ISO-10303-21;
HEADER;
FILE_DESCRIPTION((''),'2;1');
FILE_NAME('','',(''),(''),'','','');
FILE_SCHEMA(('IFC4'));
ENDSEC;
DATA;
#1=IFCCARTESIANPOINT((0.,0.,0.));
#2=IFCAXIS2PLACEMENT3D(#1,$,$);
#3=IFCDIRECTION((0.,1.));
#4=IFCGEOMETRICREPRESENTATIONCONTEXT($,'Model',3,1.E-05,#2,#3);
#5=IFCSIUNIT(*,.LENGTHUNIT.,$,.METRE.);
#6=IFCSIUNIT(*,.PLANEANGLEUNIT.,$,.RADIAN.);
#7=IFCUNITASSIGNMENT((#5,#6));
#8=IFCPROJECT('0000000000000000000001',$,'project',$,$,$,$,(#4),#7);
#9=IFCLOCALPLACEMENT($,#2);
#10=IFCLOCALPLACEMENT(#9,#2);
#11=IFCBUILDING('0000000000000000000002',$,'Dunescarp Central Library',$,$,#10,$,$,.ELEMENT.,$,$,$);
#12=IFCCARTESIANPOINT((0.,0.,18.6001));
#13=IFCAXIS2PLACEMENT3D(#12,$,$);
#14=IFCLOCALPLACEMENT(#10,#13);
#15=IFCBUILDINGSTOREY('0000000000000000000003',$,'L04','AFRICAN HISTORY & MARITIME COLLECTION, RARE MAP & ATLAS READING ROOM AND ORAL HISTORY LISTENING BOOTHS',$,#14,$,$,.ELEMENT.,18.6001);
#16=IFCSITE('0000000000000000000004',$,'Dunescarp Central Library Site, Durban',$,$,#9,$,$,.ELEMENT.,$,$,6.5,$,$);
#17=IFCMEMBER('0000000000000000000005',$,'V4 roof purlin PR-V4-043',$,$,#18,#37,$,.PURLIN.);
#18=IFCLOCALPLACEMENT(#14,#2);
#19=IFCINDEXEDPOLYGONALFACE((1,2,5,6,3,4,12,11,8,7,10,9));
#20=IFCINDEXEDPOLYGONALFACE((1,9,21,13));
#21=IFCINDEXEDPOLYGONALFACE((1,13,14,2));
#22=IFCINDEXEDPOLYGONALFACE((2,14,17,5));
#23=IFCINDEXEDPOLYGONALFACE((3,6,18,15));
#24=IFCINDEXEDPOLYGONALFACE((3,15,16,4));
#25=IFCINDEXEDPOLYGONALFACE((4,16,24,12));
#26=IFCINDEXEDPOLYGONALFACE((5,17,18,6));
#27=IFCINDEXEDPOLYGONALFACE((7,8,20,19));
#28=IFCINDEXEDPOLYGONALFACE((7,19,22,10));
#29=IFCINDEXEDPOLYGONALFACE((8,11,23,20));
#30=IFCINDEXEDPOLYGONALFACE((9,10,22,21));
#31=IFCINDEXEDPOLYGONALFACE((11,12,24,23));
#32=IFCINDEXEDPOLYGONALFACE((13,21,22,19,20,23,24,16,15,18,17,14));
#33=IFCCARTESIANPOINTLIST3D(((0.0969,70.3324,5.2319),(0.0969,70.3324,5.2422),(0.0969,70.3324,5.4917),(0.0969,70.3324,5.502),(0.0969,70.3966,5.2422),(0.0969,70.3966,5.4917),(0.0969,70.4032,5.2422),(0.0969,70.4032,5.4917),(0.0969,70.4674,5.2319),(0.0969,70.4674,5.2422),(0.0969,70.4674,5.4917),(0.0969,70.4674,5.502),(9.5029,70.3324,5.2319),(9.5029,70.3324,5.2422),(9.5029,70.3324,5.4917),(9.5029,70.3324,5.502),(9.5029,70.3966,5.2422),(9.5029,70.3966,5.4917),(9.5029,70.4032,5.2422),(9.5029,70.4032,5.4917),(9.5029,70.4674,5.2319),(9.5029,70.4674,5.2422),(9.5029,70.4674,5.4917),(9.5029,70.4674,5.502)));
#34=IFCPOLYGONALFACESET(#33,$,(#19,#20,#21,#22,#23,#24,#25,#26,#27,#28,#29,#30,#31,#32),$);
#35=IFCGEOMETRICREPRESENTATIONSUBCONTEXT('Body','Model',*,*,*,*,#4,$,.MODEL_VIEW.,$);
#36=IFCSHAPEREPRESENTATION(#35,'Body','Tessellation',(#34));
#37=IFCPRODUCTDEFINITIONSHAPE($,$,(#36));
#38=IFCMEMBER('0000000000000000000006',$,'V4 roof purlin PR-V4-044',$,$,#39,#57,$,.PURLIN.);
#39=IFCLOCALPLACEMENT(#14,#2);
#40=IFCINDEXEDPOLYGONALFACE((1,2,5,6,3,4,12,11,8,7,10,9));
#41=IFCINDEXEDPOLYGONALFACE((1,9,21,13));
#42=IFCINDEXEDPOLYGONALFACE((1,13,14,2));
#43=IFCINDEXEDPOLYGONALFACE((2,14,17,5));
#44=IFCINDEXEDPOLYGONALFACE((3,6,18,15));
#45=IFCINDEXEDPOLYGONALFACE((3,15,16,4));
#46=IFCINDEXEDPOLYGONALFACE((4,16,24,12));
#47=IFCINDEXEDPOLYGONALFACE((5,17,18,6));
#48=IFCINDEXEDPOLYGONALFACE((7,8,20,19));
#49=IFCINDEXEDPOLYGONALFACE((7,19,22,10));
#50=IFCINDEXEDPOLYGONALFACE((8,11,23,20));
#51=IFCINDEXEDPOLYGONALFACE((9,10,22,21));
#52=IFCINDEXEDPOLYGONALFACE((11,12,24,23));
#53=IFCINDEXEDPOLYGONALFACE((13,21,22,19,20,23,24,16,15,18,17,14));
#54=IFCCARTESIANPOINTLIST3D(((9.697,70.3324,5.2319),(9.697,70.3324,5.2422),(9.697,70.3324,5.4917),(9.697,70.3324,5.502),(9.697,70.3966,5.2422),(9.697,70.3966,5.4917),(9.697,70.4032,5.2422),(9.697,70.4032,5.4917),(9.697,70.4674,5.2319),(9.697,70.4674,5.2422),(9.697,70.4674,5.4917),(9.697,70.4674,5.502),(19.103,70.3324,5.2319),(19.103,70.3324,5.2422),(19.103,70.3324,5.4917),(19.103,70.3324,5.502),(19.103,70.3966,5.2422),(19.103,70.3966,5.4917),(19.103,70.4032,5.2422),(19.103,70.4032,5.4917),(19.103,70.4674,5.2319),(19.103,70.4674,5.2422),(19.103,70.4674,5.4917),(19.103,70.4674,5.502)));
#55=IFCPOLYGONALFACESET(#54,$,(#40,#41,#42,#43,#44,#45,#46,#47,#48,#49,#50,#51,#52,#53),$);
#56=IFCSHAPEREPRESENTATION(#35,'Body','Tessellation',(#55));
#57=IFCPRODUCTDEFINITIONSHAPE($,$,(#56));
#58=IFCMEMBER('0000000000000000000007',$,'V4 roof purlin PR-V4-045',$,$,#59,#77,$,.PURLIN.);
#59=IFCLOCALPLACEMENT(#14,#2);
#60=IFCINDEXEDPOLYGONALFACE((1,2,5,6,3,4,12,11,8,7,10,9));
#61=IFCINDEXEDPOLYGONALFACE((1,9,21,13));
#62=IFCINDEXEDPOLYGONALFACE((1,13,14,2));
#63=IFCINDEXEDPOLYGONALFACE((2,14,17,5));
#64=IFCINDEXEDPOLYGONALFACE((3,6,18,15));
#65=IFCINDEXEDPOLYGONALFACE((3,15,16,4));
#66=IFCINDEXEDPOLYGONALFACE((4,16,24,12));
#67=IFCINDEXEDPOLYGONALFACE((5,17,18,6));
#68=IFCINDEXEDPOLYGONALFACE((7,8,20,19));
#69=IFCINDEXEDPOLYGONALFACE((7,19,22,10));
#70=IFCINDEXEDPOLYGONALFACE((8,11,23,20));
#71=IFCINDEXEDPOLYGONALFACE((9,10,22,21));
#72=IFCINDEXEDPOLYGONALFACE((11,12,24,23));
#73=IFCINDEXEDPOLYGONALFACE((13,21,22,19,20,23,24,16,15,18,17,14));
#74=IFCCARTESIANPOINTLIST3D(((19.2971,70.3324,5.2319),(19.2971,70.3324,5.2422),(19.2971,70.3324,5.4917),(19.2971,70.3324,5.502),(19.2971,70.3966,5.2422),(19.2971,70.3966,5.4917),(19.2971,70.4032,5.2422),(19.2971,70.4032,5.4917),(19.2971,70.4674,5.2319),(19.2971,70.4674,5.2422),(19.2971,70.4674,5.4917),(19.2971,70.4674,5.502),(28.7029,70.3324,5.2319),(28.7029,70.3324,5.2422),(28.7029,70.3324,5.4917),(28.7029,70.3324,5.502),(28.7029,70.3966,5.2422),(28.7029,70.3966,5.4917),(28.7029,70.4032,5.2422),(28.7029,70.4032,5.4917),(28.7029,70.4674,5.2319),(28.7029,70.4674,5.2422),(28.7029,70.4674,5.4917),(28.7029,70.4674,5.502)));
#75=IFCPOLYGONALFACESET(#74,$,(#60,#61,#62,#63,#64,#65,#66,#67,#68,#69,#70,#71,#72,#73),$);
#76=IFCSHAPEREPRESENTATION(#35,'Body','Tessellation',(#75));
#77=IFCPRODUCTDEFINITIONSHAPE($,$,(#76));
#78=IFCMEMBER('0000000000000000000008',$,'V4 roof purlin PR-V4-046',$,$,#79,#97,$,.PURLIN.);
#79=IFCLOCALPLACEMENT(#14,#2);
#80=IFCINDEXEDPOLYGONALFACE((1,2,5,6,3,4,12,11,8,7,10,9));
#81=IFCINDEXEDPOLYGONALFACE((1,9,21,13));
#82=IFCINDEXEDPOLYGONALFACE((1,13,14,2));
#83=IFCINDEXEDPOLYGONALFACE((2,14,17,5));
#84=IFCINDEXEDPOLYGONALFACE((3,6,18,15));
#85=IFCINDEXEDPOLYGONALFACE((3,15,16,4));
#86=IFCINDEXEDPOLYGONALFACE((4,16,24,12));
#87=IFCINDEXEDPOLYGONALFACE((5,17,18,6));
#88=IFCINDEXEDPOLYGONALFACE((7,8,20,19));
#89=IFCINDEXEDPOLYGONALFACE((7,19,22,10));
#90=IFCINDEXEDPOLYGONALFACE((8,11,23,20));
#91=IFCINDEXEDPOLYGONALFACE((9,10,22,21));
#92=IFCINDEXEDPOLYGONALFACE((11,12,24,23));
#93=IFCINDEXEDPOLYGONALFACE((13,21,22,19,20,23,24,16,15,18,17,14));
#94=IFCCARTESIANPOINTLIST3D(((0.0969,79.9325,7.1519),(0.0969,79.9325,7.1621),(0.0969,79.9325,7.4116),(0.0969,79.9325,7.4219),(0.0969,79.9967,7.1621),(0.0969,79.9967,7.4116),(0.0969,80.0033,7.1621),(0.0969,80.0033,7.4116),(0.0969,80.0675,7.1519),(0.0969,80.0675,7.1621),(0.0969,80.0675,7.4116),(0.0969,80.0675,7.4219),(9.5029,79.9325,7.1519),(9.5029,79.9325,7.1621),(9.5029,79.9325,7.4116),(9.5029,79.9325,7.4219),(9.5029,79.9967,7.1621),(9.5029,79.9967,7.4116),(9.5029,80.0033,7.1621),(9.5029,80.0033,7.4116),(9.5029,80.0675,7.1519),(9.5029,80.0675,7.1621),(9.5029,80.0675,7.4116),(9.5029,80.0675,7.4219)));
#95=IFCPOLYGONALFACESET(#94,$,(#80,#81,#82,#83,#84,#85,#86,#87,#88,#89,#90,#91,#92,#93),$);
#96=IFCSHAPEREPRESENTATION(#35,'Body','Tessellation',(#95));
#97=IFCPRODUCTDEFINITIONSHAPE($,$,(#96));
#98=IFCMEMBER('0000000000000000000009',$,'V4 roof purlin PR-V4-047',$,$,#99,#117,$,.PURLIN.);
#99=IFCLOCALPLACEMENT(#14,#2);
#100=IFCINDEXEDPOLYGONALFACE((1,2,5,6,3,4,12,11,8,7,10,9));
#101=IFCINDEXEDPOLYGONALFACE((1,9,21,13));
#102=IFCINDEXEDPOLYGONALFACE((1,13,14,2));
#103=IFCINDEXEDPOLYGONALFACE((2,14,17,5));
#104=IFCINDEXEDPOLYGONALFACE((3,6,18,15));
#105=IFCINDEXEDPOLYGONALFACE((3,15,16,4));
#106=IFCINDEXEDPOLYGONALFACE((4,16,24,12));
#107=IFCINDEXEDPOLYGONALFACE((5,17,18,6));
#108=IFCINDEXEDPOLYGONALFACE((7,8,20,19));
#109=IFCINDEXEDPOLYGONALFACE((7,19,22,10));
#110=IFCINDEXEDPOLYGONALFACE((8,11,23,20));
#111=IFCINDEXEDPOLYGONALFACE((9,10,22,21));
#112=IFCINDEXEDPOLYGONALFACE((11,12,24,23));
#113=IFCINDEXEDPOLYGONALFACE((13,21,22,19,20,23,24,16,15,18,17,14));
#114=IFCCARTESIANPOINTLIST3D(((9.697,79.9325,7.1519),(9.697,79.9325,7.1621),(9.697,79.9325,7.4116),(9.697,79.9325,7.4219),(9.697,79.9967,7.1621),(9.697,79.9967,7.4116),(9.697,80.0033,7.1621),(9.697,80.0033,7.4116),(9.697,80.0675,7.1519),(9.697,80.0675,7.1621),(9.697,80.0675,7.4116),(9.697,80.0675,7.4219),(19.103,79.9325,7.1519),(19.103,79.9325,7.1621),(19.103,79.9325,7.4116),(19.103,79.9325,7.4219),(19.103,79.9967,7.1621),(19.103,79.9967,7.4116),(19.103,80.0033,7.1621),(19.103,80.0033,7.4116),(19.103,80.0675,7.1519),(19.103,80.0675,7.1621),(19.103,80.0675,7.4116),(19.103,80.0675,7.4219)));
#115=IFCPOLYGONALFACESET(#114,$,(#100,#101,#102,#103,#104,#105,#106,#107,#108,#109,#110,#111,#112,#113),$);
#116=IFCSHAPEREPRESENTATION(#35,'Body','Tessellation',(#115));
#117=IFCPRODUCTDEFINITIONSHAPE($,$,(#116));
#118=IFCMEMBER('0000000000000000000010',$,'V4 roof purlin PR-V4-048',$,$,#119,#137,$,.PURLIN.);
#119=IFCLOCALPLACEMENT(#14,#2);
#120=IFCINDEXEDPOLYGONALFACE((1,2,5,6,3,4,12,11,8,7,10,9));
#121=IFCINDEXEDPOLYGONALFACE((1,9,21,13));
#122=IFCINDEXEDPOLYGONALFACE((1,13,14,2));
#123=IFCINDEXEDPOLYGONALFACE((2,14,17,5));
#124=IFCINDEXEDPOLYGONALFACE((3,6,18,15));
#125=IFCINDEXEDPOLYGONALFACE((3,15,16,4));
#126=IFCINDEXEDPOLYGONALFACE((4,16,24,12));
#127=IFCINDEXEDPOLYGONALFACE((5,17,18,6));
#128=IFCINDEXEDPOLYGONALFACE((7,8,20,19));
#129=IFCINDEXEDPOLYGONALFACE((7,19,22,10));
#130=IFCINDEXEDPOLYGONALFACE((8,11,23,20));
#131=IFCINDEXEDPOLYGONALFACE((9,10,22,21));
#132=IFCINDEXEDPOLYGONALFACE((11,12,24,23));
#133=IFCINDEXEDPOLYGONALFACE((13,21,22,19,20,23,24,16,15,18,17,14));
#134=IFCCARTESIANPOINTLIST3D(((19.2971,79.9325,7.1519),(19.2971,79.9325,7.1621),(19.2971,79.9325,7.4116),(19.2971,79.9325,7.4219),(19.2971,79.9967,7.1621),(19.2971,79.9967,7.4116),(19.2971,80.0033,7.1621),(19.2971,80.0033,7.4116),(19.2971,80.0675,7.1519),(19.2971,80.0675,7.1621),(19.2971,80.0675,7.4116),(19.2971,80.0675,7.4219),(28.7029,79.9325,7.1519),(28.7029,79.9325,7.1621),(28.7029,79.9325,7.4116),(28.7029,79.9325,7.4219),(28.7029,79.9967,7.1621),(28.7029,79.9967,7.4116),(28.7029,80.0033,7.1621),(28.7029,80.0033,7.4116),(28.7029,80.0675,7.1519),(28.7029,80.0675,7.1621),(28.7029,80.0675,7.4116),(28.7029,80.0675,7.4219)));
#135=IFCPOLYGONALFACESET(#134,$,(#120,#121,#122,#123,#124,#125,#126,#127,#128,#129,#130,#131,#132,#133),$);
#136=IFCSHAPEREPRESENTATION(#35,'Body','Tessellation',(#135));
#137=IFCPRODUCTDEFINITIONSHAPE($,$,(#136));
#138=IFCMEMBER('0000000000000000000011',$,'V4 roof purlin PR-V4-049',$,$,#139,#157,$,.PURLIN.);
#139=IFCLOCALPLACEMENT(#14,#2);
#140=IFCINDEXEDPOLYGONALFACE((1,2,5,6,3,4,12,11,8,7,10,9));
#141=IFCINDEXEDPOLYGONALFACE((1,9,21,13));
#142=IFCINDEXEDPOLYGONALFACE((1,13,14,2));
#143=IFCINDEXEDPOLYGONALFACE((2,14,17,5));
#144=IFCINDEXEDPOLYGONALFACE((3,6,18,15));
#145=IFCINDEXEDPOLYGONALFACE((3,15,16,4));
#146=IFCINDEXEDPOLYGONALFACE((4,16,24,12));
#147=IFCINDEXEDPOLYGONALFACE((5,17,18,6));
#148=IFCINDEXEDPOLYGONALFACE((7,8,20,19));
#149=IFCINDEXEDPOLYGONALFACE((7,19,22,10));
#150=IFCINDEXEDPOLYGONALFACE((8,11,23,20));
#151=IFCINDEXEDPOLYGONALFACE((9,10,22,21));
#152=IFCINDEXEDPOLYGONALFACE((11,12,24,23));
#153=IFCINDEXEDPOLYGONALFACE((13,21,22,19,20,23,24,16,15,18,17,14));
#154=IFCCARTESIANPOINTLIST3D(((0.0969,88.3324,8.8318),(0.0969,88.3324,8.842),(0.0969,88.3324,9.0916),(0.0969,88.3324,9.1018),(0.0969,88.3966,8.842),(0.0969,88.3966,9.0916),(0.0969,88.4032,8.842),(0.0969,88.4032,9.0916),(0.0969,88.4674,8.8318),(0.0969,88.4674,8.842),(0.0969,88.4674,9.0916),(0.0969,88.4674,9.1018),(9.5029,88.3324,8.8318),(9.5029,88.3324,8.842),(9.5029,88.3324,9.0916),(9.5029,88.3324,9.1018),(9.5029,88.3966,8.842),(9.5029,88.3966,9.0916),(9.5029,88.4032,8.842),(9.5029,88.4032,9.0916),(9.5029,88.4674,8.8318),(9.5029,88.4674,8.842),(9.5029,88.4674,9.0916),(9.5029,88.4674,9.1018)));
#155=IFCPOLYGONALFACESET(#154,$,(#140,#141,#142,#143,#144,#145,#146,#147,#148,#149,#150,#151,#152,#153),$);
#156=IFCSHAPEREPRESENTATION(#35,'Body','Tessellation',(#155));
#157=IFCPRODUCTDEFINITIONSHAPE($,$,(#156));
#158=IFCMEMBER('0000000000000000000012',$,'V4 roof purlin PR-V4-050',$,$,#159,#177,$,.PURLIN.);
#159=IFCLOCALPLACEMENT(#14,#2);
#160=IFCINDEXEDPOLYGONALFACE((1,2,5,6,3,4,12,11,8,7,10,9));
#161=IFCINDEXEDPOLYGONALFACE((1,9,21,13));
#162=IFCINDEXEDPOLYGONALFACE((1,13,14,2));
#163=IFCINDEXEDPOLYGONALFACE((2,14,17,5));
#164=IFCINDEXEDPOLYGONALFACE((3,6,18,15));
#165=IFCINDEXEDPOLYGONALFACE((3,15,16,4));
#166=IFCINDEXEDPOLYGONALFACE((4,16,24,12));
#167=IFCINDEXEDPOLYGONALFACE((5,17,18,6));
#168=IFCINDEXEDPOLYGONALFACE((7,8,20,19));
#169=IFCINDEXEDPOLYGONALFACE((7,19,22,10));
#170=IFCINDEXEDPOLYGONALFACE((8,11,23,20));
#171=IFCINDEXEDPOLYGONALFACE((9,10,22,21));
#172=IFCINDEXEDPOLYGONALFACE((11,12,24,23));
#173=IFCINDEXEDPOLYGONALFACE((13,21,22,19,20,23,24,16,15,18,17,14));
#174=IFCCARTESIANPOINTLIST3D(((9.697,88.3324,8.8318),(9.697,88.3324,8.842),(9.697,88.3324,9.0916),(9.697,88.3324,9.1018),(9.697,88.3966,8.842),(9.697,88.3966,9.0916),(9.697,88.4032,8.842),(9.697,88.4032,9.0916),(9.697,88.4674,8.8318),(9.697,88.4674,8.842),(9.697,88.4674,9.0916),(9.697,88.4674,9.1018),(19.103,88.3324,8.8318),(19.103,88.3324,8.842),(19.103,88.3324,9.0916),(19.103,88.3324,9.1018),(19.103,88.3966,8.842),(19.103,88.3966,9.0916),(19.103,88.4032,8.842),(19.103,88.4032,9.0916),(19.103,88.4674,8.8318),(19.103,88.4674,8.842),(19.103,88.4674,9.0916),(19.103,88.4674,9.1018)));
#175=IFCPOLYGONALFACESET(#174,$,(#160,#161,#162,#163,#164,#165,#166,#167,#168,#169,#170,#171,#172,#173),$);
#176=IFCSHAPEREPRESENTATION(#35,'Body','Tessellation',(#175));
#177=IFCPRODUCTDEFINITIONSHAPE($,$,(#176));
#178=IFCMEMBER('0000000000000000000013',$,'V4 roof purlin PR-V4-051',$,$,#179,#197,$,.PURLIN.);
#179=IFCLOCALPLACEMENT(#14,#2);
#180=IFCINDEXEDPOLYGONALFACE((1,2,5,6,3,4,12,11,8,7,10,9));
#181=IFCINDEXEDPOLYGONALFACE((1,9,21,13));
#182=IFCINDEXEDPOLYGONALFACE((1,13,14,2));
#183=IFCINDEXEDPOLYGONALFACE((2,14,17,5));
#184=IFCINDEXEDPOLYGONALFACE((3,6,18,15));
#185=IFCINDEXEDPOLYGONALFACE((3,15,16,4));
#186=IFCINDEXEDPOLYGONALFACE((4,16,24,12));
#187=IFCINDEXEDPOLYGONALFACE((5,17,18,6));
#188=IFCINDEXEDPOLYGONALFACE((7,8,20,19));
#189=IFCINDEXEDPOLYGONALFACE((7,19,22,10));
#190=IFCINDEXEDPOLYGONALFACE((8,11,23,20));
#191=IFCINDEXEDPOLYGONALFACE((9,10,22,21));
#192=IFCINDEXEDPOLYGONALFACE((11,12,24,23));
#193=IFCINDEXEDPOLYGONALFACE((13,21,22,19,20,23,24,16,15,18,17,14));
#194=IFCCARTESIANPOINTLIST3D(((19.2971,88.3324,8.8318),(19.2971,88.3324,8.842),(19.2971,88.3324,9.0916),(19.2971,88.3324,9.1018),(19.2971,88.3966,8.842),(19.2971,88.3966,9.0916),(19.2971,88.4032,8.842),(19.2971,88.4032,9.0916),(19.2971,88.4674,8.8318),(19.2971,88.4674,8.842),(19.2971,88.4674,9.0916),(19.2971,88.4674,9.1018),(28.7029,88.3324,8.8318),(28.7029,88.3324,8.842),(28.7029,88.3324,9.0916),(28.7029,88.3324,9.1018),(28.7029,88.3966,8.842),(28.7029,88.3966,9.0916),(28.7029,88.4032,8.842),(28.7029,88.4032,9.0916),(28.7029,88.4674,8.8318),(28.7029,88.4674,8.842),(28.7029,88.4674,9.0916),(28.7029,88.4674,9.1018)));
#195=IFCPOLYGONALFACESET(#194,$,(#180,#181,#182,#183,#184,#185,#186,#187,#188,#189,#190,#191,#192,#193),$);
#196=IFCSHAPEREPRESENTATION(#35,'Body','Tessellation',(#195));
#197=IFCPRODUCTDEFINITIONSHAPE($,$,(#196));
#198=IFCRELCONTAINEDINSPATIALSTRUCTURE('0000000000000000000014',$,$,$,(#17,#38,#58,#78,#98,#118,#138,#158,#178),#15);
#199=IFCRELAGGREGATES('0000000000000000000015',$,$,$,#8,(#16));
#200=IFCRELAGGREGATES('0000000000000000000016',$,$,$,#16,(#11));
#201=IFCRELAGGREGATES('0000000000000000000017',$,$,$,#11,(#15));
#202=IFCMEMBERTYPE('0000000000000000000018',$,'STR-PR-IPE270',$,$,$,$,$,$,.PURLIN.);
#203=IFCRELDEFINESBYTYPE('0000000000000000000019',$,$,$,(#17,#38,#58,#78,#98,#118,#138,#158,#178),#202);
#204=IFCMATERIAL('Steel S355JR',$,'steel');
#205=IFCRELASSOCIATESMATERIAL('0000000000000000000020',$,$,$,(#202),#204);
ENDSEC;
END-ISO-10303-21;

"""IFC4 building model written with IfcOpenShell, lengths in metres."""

from ifc_helpers import new_model, si_unit, direction, frame, origin, origin_2d, place, context, subcontext, project, spatial, i_section, extrude, material, material_profile, profile_set, type_object, element, save


model = new_model("IFC4")

# Units and contexts
model_context = context("Model", 3, precision=1e-05, world=origin(), true_north=direction((0.0, 1.0)))
body_context = subcontext(model_context, "Body", "Model", "MODEL_VIEW")
ifc_project = project(units=[si_unit("LENGTHUNIT", "METRE"), si_unit("PLANEANGLEUNIT", "RADIAN")], contexts=[model_context])

# Site, building, storey
site_placement = place(None, origin())
site = spatial("IfcSite", under=ifc_project, at=site_placement, Name="Dunescarp Central Library Site, Durban", CompositionType="ELEMENT", RefElevation=6.5)
building_placement = place(site_placement, origin())
building = spatial("IfcBuilding", under=site, at=building_placement, Name="Dunescarp Central Library", CompositionType="ELEMENT")
storey_placement = place(building_placement, frame((0.0, 0.0, 18.6001)))
storey = spatial("IfcBuildingStorey", under=building, at=storey_placement, Name="L04", Description="AFRICAN HISTORY & MARITIME COLLECTION, RARE MAP & ATLAS READING ROOM AND ORAL HISTORY LISTENING BOOTHS", CompositionType="ELEMENT", Elevation=18.6001)

# Shared definitions
ifc_material = material(Name="Steel S355JR", Category="steel")

# Members
ifc_material_profile_1 = material_profile(ifc_material, i_section(OverallWidth=0.135, OverallDepth=0.27, WebThickness=0.0066, FlangeThickness=0.0103, at=origin_2d()), Name="IPE 270")
ifc_profile_set_1 = profile_set([ifc_material_profile_1], Name="Steel S355JR")
member_type = type_object("IfcMemberType", Name="STR-PR-IPE270", PredefinedType="PURLIN", material=ifc_profile_set_1)
for number, where, z_axis, x_axis, name in (
    (1, (0.0969, 70.3999, 5.3669), (1.0, 0.0, 0.0), (0.0, 1.0, 0.0), "V4 roof purlin PR-V4-043"),
    (2, (9.697, 70.3999, 5.3669), (1.0, 0.0, 0.0), (0.0, 1.0, 0.0), "V4 roof purlin PR-V4-044"),
):
    element("IfcMember", number, at=place(storey_placement, frame(where, z_axis=z_axis, x_axis=x_axis)), inside=storey, type_object=member_type, Name=name, PredefinedType="PURLIN", context=body_context, shape_type="SweptSolid", body=[
        extrude(i_section(OverallWidth=0.135, OverallDepth=0.27, WebThickness=0.0066, FlangeThickness=0.0103, at=origin_2d()), origin(), (0.0, 0.0, 1.0), 9.406),
    ])
member_1_placement = place(storey_placement, frame((19.2971, 70.3999, 5.3669), z_axis=(1.0, 0.0, 0.0), x_axis=(0.0, 1.0, 0.0)))
element("IfcMember", 3, at=member_1_placement, inside=storey, type_object=member_type, Name="V4 roof purlin PR-V4-045", PredefinedType="PURLIN", context=body_context, shape_type="SweptSolid", body=[
    extrude(i_section(OverallWidth=0.135, OverallDepth=0.27, WebThickness=0.0066, FlangeThickness=0.0103, at=origin_2d()), origin(), (0.0, 0.0, 1.0), 9.4058),
])
for number, where, z_axis, x_axis, name in (
    (4, (0.0969, 80.0, 7.2869), (1.0, 0.0, 0.0), (0.0, 1.0, 0.0), "V4 roof purlin PR-V4-046"),
    (5, (9.697, 80.0, 7.2869), (1.0, 0.0, 0.0), (0.0, 1.0, 0.0), "V4 roof purlin PR-V4-047"),
):
    element("IfcMember", number, at=place(storey_placement, frame(where, z_axis=z_axis, x_axis=x_axis)), inside=storey, type_object=member_type, Name=name, PredefinedType="PURLIN", context=body_context, shape_type="SweptSolid", body=[
        extrude(i_section(OverallWidth=0.135, OverallDepth=0.27, WebThickness=0.0066, FlangeThickness=0.0103, at=origin_2d()), origin(), (0.0, 0.0, 1.0), 9.406),
    ])
member_2_placement = place(storey_placement, frame((19.2971, 80.0, 7.2869), z_axis=(1.0, 0.0, 0.0), x_axis=(0.0, 1.0, 0.0)))
element("IfcMember", 6, at=member_2_placement, inside=storey, type_object=member_type, Name="V4 roof purlin PR-V4-048", PredefinedType="PURLIN", context=body_context, shape_type="SweptSolid", body=[
    extrude(i_section(OverallWidth=0.135, OverallDepth=0.27, WebThickness=0.0066, FlangeThickness=0.0103, at=origin_2d()), origin(), (0.0, 0.0, 1.0), 9.4058),
])
for number, where, z_axis, x_axis, name in (
    (7, (0.0969, 88.3999, 8.9668), (1.0, 0.0, 0.0), (0.0, 1.0, 0.0), "V4 roof purlin PR-V4-049"),
    (8, (9.697, 88.3999, 8.9668), (1.0, 0.0, 0.0), (0.0, 1.0, 0.0), "V4 roof purlin PR-V4-050"),
):
    element("IfcMember", number, at=place(storey_placement, frame(where, z_axis=z_axis, x_axis=x_axis)), inside=storey, type_object=member_type, Name=name, PredefinedType="PURLIN", context=body_context, shape_type="SweptSolid", body=[
        extrude(i_section(OverallWidth=0.135, OverallDepth=0.27, WebThickness=0.0066, FlangeThickness=0.0103, at=origin_2d()), origin(), (0.0, 0.0, 1.0), 9.406),
    ])
member_3_placement = place(storey_placement, frame((19.2971, 88.3999, 8.9668), z_axis=(1.0, 0.0, 0.0), x_axis=(0.0, 1.0, 0.0)))
element("IfcMember", 9, at=member_3_placement, inside=storey, type_object=member_type, Name="V4 roof purlin PR-V4-051", PredefinedType="PURLIN", context=body_context, shape_type="SweptSolid", body=[
    extrude(i_section(OverallWidth=0.135, OverallDepth=0.27, WebThickness=0.0066, FlangeThickness=0.0103, at=origin_2d()), origin(), (0.0, 0.0, 1.0), 9.4058),
])

save(model, "model.ifc")
